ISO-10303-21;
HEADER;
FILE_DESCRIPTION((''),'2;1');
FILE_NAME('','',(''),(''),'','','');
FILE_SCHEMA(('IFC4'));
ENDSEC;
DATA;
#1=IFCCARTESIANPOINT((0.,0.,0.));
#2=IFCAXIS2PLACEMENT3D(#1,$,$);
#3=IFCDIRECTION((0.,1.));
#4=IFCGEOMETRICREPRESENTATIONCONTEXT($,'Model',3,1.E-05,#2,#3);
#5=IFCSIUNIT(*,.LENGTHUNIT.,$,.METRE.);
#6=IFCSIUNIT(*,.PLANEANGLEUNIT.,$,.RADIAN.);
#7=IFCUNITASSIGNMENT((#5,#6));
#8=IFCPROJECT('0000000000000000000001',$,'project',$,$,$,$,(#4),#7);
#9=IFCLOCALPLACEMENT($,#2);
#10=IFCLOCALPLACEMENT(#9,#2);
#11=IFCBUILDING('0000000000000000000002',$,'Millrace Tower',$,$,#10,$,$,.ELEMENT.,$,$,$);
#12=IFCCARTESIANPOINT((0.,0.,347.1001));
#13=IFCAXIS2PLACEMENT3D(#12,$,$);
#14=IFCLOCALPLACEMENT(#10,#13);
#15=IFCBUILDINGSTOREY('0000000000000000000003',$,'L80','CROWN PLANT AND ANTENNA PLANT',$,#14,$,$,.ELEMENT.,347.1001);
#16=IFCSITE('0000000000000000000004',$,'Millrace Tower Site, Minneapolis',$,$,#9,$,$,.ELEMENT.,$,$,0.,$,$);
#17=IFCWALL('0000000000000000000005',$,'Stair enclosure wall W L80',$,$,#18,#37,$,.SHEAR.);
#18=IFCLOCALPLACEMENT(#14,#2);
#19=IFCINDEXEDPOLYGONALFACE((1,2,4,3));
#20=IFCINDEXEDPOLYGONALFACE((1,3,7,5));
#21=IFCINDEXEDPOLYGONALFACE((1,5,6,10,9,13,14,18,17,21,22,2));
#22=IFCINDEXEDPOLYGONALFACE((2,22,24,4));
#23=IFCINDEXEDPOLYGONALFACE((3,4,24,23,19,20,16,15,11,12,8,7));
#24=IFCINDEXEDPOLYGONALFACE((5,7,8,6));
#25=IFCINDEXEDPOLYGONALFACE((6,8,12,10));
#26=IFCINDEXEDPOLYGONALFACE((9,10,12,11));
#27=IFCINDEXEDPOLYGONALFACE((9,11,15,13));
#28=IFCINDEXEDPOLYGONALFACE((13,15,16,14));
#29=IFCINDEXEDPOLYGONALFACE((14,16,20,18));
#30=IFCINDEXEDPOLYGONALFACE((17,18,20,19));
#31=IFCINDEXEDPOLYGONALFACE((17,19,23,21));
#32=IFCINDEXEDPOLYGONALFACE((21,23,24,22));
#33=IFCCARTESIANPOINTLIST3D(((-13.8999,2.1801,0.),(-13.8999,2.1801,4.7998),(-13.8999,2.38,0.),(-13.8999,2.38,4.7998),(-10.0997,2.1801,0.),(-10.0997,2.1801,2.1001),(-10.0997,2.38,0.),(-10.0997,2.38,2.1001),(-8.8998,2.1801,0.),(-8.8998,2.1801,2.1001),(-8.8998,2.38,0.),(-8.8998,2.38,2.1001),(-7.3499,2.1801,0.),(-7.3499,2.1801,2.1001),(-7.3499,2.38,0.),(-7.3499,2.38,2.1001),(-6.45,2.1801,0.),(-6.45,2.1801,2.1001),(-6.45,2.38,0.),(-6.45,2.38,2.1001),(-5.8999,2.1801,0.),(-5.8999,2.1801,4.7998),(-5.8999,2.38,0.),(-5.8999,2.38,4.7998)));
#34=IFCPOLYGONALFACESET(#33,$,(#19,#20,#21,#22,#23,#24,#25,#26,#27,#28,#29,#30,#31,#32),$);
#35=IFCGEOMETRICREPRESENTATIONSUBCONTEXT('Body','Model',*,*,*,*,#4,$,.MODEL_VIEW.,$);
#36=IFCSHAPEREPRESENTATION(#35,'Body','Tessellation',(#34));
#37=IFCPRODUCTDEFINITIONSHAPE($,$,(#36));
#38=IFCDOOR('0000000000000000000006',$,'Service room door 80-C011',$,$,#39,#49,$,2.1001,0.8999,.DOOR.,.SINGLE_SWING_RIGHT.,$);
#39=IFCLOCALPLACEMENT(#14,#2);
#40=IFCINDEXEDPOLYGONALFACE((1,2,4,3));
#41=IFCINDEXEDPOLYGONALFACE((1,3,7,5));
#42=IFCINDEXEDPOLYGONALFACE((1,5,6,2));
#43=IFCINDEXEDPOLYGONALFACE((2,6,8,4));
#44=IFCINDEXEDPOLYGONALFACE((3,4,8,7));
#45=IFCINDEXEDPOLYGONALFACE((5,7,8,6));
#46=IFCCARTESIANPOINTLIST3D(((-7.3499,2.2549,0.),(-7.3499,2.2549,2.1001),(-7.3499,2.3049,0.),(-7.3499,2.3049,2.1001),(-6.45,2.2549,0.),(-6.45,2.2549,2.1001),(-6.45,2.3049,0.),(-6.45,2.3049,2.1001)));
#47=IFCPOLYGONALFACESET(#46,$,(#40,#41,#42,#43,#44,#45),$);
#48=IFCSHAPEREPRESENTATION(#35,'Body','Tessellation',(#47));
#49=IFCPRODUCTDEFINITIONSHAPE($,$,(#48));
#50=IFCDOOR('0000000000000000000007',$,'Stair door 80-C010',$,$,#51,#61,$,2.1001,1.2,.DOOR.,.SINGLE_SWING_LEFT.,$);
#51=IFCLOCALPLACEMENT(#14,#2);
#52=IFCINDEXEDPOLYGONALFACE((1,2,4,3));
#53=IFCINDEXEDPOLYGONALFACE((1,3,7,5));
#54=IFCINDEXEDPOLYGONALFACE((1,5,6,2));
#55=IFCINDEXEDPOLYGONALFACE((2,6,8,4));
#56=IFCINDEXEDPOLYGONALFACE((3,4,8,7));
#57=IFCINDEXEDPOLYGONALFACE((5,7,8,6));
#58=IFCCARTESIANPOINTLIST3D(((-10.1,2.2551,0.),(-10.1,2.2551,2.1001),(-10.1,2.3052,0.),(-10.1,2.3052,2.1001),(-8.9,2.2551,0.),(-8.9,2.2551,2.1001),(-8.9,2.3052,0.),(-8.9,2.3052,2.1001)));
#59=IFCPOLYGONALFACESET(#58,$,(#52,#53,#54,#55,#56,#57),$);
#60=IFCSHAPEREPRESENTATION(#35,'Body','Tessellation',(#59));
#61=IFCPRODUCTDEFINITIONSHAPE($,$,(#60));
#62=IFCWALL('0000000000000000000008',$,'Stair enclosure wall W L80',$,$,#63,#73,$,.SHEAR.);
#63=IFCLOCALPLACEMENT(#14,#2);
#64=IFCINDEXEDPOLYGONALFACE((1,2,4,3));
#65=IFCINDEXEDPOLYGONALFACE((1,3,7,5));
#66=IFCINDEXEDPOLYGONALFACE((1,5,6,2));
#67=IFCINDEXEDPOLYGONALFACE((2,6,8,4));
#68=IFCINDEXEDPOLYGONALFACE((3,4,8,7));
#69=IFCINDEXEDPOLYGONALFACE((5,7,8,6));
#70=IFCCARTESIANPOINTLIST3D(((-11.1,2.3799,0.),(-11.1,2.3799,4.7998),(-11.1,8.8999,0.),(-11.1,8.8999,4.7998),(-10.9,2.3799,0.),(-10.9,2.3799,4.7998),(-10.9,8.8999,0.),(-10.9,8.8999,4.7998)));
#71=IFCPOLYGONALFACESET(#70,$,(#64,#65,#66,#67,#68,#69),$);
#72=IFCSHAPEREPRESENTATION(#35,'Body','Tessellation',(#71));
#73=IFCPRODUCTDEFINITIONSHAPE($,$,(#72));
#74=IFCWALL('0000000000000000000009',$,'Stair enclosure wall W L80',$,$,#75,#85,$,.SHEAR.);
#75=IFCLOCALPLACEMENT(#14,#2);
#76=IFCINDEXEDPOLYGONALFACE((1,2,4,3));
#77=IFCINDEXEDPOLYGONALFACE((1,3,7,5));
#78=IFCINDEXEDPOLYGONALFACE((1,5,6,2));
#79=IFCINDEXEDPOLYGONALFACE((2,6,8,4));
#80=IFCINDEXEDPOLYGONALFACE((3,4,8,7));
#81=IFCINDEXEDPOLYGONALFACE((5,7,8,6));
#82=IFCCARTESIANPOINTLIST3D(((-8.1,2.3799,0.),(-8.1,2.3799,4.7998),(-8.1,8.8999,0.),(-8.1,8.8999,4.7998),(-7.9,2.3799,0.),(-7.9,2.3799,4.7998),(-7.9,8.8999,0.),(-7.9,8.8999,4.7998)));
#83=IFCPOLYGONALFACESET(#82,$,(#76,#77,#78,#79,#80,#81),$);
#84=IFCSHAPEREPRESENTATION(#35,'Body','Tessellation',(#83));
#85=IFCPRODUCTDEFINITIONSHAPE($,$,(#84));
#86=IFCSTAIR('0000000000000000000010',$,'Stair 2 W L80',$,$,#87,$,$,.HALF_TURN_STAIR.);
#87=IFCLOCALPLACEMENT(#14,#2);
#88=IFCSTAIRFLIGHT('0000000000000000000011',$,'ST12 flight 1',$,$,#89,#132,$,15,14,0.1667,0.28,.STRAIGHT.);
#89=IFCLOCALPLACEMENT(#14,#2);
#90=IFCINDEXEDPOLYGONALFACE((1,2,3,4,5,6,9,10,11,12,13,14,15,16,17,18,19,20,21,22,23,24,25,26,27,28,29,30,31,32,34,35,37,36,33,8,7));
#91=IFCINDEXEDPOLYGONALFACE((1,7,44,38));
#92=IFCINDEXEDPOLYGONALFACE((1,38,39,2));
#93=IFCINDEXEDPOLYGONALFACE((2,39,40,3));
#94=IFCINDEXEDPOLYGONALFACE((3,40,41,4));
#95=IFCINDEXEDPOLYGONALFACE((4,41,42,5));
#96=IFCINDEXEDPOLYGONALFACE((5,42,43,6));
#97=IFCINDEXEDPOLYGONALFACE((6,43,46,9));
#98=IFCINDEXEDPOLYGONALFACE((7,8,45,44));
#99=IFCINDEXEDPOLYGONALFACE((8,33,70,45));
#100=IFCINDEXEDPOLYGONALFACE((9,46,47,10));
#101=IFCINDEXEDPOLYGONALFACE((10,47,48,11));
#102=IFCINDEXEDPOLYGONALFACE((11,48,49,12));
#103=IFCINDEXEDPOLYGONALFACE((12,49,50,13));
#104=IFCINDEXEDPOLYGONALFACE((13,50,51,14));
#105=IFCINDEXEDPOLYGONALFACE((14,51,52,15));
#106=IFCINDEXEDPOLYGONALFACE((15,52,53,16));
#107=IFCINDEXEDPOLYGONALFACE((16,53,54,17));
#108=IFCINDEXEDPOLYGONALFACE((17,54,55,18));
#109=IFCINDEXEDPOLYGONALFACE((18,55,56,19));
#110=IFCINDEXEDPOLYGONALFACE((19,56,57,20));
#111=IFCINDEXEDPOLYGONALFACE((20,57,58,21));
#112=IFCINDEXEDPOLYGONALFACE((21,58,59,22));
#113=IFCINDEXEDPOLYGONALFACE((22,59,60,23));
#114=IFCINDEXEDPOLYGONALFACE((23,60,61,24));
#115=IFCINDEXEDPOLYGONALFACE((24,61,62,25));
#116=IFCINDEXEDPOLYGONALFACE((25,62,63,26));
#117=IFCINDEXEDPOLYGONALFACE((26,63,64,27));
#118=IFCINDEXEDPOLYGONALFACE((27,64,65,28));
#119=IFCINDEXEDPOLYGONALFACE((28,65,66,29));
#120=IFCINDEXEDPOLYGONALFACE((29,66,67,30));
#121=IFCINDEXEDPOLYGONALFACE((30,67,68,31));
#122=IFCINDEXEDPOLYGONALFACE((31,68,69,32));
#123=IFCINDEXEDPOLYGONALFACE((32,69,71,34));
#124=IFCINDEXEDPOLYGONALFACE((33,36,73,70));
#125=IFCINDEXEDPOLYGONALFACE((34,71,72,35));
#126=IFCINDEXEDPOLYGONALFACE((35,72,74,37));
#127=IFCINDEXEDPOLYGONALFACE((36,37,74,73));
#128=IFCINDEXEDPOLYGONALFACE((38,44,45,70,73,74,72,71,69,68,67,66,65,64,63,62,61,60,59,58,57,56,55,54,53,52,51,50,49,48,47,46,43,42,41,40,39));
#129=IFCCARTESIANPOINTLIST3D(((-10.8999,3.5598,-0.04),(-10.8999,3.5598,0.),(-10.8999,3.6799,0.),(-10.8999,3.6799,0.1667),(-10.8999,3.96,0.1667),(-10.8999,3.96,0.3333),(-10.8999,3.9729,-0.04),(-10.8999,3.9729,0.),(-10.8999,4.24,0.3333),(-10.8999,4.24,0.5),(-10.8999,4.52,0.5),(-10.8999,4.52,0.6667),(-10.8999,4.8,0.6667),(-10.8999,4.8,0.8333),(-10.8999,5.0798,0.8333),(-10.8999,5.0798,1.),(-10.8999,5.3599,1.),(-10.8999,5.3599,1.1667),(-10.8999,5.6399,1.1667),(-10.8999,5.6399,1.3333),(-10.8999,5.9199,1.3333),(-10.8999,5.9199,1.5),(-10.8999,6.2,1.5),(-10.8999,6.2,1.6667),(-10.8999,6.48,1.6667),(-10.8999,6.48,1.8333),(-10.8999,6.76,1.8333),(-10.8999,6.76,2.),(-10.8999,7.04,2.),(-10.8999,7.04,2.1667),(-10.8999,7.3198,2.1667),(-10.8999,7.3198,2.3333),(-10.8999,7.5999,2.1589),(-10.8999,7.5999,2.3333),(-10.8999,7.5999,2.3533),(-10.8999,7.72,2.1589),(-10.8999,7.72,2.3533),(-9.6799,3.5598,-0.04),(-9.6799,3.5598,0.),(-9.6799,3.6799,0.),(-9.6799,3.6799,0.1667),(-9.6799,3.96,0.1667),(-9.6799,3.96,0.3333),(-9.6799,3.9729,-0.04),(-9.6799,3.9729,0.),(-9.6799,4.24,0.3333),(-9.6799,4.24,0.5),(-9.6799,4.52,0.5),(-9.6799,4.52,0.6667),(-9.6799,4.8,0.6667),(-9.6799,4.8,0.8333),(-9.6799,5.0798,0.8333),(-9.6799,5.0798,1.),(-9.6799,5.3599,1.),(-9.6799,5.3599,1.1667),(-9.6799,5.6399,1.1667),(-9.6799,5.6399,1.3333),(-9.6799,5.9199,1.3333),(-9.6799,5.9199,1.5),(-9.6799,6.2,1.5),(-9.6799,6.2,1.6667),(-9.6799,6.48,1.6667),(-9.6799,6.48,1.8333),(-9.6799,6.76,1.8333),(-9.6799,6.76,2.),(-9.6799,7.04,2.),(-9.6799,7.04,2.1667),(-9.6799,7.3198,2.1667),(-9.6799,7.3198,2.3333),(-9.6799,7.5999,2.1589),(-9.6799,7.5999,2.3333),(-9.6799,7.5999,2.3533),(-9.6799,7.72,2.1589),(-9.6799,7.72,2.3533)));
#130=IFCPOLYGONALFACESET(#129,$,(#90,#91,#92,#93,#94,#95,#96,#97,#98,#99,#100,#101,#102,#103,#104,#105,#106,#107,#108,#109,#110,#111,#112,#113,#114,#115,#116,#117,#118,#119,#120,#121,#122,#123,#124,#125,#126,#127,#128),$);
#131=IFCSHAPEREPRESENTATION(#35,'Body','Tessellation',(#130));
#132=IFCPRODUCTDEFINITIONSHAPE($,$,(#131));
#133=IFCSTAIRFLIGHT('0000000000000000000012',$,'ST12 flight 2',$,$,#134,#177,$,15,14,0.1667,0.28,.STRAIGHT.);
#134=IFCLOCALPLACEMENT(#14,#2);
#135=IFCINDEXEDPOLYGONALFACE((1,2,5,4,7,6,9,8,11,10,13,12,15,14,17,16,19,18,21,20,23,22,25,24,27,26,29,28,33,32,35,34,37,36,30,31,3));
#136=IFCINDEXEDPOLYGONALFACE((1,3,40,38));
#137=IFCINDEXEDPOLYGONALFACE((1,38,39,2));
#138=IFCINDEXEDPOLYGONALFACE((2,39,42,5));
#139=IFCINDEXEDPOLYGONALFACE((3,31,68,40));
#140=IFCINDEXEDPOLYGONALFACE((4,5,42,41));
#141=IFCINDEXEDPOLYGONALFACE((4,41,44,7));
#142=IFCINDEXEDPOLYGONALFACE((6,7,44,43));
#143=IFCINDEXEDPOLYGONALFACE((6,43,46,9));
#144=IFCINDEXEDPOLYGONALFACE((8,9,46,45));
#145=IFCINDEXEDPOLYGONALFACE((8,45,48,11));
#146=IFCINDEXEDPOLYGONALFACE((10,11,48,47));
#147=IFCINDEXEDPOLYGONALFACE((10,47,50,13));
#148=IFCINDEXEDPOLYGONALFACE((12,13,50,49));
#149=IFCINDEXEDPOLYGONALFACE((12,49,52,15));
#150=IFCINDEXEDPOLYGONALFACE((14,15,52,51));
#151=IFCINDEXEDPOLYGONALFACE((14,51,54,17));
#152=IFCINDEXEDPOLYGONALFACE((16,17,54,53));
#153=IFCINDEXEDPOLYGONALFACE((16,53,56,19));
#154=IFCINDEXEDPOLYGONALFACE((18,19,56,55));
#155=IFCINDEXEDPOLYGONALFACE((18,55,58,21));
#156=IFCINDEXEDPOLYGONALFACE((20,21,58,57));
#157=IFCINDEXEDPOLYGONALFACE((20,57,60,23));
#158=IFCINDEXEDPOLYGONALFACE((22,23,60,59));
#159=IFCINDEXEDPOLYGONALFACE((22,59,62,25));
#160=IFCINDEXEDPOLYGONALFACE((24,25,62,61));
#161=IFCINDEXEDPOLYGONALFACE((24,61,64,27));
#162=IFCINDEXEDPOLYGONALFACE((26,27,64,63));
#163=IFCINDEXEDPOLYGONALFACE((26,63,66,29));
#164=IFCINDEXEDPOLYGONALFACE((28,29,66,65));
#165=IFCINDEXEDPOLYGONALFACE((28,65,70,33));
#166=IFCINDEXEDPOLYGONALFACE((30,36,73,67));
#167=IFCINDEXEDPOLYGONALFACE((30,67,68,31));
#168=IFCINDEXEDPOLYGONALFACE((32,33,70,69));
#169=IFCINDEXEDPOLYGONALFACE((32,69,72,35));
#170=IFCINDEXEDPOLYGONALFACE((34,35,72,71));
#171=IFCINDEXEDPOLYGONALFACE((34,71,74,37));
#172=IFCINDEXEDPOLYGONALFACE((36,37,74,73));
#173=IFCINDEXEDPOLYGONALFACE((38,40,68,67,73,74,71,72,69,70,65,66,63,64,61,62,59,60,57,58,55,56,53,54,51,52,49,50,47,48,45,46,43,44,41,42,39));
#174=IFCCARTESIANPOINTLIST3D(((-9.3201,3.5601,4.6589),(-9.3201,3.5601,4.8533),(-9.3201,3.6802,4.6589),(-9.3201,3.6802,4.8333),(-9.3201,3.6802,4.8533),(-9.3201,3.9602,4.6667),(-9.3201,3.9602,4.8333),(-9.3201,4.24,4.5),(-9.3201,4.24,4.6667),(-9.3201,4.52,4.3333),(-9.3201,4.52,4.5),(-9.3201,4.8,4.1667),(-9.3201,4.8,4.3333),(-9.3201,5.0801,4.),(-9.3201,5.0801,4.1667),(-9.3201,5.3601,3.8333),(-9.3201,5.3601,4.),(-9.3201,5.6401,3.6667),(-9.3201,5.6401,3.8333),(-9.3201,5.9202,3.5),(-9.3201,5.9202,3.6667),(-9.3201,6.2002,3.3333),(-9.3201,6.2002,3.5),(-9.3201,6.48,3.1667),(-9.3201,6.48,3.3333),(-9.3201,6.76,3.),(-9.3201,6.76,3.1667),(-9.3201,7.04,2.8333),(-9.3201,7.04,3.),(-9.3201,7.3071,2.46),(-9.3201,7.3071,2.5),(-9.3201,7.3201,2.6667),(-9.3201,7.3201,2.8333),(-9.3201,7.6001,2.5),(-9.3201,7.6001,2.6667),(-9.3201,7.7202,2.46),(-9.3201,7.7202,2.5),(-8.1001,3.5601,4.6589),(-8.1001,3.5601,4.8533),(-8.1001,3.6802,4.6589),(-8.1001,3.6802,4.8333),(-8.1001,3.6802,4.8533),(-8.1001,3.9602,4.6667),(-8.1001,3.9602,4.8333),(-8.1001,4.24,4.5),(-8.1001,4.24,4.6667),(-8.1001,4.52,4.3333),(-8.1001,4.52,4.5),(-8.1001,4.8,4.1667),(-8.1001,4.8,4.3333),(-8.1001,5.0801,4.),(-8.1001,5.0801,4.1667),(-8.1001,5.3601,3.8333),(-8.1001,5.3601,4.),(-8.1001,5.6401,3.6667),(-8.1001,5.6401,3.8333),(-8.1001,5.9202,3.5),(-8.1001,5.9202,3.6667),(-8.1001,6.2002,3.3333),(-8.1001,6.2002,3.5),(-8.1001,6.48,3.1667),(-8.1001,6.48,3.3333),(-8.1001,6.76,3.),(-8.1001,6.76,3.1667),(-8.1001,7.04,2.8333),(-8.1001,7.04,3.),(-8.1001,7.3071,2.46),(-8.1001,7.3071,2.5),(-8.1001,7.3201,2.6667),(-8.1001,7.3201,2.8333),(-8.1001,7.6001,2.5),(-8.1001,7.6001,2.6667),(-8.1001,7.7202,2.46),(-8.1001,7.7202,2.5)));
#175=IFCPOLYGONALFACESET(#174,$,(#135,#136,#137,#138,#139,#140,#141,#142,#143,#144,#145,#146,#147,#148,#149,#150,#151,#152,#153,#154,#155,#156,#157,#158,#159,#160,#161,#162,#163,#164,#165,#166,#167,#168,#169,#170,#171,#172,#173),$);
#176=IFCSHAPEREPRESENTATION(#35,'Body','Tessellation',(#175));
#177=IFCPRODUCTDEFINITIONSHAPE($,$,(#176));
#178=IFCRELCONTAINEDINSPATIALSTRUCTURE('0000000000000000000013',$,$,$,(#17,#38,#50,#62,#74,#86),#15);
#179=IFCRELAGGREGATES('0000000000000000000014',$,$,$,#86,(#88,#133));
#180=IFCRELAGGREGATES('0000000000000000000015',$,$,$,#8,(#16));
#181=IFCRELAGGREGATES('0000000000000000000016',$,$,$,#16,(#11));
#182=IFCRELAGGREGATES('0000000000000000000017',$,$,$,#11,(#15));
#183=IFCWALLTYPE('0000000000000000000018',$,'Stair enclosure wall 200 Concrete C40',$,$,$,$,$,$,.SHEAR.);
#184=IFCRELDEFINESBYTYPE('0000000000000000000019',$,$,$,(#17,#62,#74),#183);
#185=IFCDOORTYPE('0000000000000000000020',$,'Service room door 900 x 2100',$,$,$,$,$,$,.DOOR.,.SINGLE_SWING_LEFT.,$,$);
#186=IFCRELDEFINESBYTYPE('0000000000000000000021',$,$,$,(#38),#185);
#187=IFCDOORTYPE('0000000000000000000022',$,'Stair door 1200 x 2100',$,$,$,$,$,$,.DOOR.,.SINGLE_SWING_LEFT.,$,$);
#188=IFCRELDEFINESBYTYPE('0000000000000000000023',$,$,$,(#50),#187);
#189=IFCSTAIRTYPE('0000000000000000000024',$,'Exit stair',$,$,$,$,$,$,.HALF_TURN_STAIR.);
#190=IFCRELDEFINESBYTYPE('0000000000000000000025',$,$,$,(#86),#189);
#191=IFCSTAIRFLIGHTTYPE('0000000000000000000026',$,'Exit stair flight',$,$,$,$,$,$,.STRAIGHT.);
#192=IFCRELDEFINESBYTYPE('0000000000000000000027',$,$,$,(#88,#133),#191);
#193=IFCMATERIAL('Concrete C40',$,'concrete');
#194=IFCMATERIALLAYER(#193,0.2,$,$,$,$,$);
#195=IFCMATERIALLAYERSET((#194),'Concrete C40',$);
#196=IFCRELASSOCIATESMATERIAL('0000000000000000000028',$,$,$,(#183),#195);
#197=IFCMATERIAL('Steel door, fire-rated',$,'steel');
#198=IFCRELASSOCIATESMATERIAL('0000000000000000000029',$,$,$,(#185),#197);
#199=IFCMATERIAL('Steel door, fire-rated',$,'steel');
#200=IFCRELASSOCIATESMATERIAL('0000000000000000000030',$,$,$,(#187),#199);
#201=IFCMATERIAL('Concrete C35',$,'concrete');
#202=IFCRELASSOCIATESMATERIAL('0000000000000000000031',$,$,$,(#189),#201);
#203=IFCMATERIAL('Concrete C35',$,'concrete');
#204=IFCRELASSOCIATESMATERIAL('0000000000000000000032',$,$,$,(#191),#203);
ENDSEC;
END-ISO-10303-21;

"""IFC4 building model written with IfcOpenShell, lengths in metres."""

from ifc_helpers import new_model, si_unit, direction, frame, frame_2d, origin, place, context, subcontext, project, spatial, polyline, rectangle, outline, extrude, material, layer, layer_set, type_object, element, fill, aggregate, save


model = new_model("IFC4")

# Units and contexts
model_context = context("Model", 3, precision=1e-05, world=origin(), true_north=direction((0.0, 1.0)))
body_context = subcontext(model_context, "Body", "Model", "MODEL_VIEW")
ifc_project = project(units=[si_unit("LENGTHUNIT", "METRE"), si_unit("PLANEANGLEUNIT", "RADIAN")], contexts=[model_context])

# Site, building, storey
site_placement = place(None, origin())
site = spatial("IfcSite", under=ifc_project, at=site_placement, Name="Millrace Tower Site, Minneapolis", CompositionType="ELEMENT", RefElevation=0.0)
building_placement = place(site_placement, origin())
building = spatial("IfcBuilding", under=site, at=building_placement, Name="Millrace Tower", CompositionType="ELEMENT")
storey_placement = place(building_placement, frame((0.0, 0.0, 347.1001)))
storey = spatial("IfcBuildingStorey", under=building, at=storey_placement, Name="L80", Description="CROWN PLANT AND ANTENNA PLANT", CompositionType="ELEMENT", Elevation=347.1001)

# Shared definitions
placement = place(storey_placement, origin())

# Shared definitions
ifc_material_1 = material(Name="Concrete C40", Category="concrete")
ifc_layer_1 = layer(ifc_material_1, 0.2)
ifc_layer_set_1 = layer_set([ifc_layer_1], Name="Concrete C40")
wall_type_1 = type_object("IfcWallType", Name="Stair enclosure wall 200 Concrete C40", PredefinedType="SHEAR", material=ifc_layer_set_1)

# Wall, openings, doors
wall_1_placement = place(storey_placement, frame((-13.8999, 2.28, 0.0), z_axis=(0.0, 0.0, 1.0), x_axis=(1.0, 0.0, 0.0)))
wall_1 = element("IfcWall", 1, at=wall_1_placement, inside=storey, type_object=wall_type_1, Name="Stair enclosure wall W L80", PredefinedType="SHEAR", context=body_context, shape_type="SweptSolid", body=[
    extrude(rectangle(XDim=8.0, YDim=0.2, at=frame_2d((4.0, 0.0))), origin(), (0.0, 0.0, 1.0), 4.7998),
])
opening_1_placement = place(wall_1_placement, frame((3.8, 0.0, 0.0)))
opening_1 = element("IfcOpeningElement", 2, at=opening_1_placement, cuts=wall_1, PredefinedType="OPENING", context=body_context, shape_type="SweptSolid", body=[
    extrude(rectangle(XDim=1.2, YDim=2.1001, at=frame_2d((0.6001, 1.05))), frame((0.0, 0.1099, 0.0), z_axis=(0.0, -1.0, 0.0), x_axis=(1.0, 0.0, 0.0)), (0.0, 0.0, 1.0), 0.22),
])
opening_2_placement = place(wall_1_placement, frame((6.55, 0.0, 0.0)))
opening_2 = element("IfcOpeningElement", 3, at=opening_2_placement, cuts=wall_1, PredefinedType="OPENING", context=body_context, shape_type="SweptSolid", body=[
    extrude(rectangle(XDim=0.8999, YDim=2.1001, at=frame_2d((0.45, 1.05))), frame((0.0, 0.1099, 0.0), z_axis=(0.0, -1.0, 0.0), x_axis=(1.0, 0.0, 0.0)), (0.0, 0.0, 1.0), 0.22),
])
ifc_material_2 = material(Name="Steel door, fire-rated", Category="steel")
door_type_1 = type_object("IfcDoorType", Name="Service room door 900 x 2100", OperationType="SINGLE_SWING_LEFT", PredefinedType="DOOR", material=ifc_material_2)
door_1_placement = place(opening_2_placement, origin())
door_1 = element("IfcDoor", 4, at=door_1_placement, inside=storey, type_object=door_type_1, Name="Service room door 80-C011", OperationType="SINGLE_SWING_RIGHT", OverallHeight=2.1001, OverallWidth=0.8999, PredefinedType="DOOR", context=body_context, shape_type="SweptSolid", body=[
    extrude(rectangle(XDim=0.8999, YDim=2.1001, at=frame_2d((0.45, 1.05))), frame((0.0, 0.0249, 0.0), z_axis=(0.0, -1.0, 0.0), x_axis=(1.0, 0.0, 0.0)), (0.0, 0.0, 1.0), 0.05),
])
fill(opening_2, door_1)
ifc_material_3 = material(Name="Steel door, fire-rated", Category="steel")
door_type_2 = type_object("IfcDoorType", Name="Stair door 1200 x 2100", OperationType="SINGLE_SWING_LEFT", PredefinedType="DOOR", material=ifc_material_3)
door_2_placement = place(opening_1_placement, frame((1.2, 0.0, 0.0), z_axis=(0.0, 0.0, 1.0), x_axis=(-1.0, 0.0, 0.0)))
door_2 = element("IfcDoor", 5, at=door_2_placement, inside=storey, type_object=door_type_2, Name="Stair door 80-C010", OperationType="SINGLE_SWING_LEFT", OverallHeight=2.1001, OverallWidth=1.2, PredefinedType="DOOR", context=body_context, shape_type="SweptSolid", body=[
    extrude(rectangle(XDim=1.2, YDim=2.1001, at=frame_2d((0.6001, 1.05))), frame((0.0, 0.0249, 0.0), z_axis=(0.0, -1.0, 0.0), x_axis=(1.0, 0.0, 0.0)), (0.0, 0.0, 1.0), 0.05),
])
fill(opening_1, door_2)

# Walls
for number, where, z_axis, x_axis, name in (
    (6, (-11.0, 2.3799, 0.0), (0.0, 0.0, 1.0), (0.0, 1.0, 0.0), "Stair enclosure wall W L80"),
    (7, (-8.0, 2.3799, 0.0), (0.0, 0.0, 1.0), (0.0, 1.0, 0.0), "Stair enclosure wall W L80"),
):
    element("IfcWall", number, at=place(storey_placement, frame(where, z_axis=z_axis, x_axis=x_axis)), inside=storey, type_object=wall_type_1, Name=name, PredefinedType="SHEAR", context=body_context, shape_type="SweptSolid", body=[
        extrude(rectangle(XDim=6.52, YDim=0.2, at=frame_2d((3.26, 0.0))), origin(), (0.0, 0.0, 1.0), 4.7998),
    ])

# Stair, stair flights
ifc_material_4 = material(Name="Concrete C35", Category="concrete")
stair_type = type_object("IfcStairType", Name="Exit stair", PredefinedType="HALF_TURN_STAIR", material=ifc_material_4)
stair = element("IfcStair", 8, at=placement, inside=storey, type_object=stair_type, Name="Stair 2 W L80", PredefinedType="HALF_TURN_STAIR")
ifc_material_5 = material(Name="Concrete C35", Category="concrete")
stair_flight_type = type_object("IfcStairFlightType", Name="Exit stair flight", PredefinedType="STRAIGHT", material=ifc_material_5)
stair_flight_1_placement = place(storey_placement, frame((-10.29, 3.6799, 0.0), z_axis=(0.0, 0.0, 1.0), x_axis=(0.0, 1.0, 0.0)))
stair_flight_1 = element("IfcStairFlight", 9, at=stair_flight_1_placement, type_object=stair_flight_type, Name="ST12 flight 1", NumberOfRisers=15, NumberOfTreads=14, PredefinedType="STRAIGHT", RiserHeight=0.1667, TreadLength=0.28, context=body_context, shape_type="SweptSolid", body=[
    extrude(outline(polyline([(-0.1201, -0.04), (-0.1201, 0.0), (0.0, 0.0), (0.0, 0.1667), (0.28, 0.1667), (0.28, 0.3333), (0.5601, 0.3333), (0.5601, 0.5), (0.8401, 0.5), (0.8401, 0.6667), (1.1201, 0.6667), (1.1201, 0.8333), (1.3999, 0.8333), (1.3999, 1.0), (1.6799, 1.0), (1.6799, 1.1667), (1.96, 1.1667), (1.96, 1.3333), (2.24, 1.3333), (2.24, 1.5), (2.52, 1.5), (2.52, 1.6667), (2.8, 1.6667), (2.8, 1.8333), (3.0801, 1.8333), (3.0801, 2.0), (3.3601, 2.0), (3.3601, 2.1667), (3.6399, 2.1667), (3.6399, 2.3333), (3.9199, 2.3333), (3.9199, 2.3533), (4.04, 2.3533), (4.04, 2.1589), (3.9199, 2.1589), (0.293, 0.0), (0.293, -0.04), (-0.1201, -0.04)])), frame((0.0, 0.6099, 0.0), z_axis=(0.0, -1.0, 0.0), x_axis=(1.0, 0.0, 0.0)), (0.0, 0.0, 1.0), 1.22),
])
stair_flight_2_placement = place(storey_placement, frame((-8.71, 7.6001, 2.5), z_axis=(0.0, 0.0, 1.0), x_axis=(0.0, -1.0, 0.0)))
stair_flight_2 = element("IfcStairFlight", 10, at=stair_flight_2_placement, type_object=stair_flight_type, Name="ST12 flight 2", NumberOfRisers=15, NumberOfTreads=14, PredefinedType="STRAIGHT", RiserHeight=0.1667, TreadLength=0.28, context=body_context, shape_type="SweptSolid", body=[
    extrude(outline(polyline([(-0.1201, -0.04), (-0.1201, 0.0), (0.0, 0.0), (0.0, 0.1667), (0.28, 0.1667), (0.28, 0.3333), (0.5601, 0.3333), (0.5601, 0.5), (0.8401, 0.5), (0.8401, 0.6667), (1.1201, 0.6667), (1.1201, 0.8333), (1.3999, 0.8333), (1.3999, 1.0), (1.6799, 1.0), (1.6799, 1.1667), (1.96, 1.1667), (1.96, 1.3333), (2.24, 1.3333), (2.24, 1.5), (2.52, 1.5), (2.52, 1.6667), (2.8, 1.6667), (2.8, 1.8333), (3.0801, 1.8333), (3.0801, 2.0), (3.3601, 2.0), (3.3601, 2.1667), (3.6399, 2.1667), (3.6399, 2.3333), (3.9199, 2.3333), (3.9199, 2.3533), (4.04, 2.3533), (4.04, 2.1589), (3.9199, 2.1589), (0.293, 0.0), (0.293, -0.04), (-0.1201, -0.04)])), frame((0.0, 0.6099, 0.0), z_axis=(0.0, -1.0, 0.0), x_axis=(1.0, 0.0, 0.0)), (0.0, 0.0, 1.0), 1.22),
])
aggregate(stair, [stair_flight_1, stair_flight_2])

save(model, "model.ifc")
